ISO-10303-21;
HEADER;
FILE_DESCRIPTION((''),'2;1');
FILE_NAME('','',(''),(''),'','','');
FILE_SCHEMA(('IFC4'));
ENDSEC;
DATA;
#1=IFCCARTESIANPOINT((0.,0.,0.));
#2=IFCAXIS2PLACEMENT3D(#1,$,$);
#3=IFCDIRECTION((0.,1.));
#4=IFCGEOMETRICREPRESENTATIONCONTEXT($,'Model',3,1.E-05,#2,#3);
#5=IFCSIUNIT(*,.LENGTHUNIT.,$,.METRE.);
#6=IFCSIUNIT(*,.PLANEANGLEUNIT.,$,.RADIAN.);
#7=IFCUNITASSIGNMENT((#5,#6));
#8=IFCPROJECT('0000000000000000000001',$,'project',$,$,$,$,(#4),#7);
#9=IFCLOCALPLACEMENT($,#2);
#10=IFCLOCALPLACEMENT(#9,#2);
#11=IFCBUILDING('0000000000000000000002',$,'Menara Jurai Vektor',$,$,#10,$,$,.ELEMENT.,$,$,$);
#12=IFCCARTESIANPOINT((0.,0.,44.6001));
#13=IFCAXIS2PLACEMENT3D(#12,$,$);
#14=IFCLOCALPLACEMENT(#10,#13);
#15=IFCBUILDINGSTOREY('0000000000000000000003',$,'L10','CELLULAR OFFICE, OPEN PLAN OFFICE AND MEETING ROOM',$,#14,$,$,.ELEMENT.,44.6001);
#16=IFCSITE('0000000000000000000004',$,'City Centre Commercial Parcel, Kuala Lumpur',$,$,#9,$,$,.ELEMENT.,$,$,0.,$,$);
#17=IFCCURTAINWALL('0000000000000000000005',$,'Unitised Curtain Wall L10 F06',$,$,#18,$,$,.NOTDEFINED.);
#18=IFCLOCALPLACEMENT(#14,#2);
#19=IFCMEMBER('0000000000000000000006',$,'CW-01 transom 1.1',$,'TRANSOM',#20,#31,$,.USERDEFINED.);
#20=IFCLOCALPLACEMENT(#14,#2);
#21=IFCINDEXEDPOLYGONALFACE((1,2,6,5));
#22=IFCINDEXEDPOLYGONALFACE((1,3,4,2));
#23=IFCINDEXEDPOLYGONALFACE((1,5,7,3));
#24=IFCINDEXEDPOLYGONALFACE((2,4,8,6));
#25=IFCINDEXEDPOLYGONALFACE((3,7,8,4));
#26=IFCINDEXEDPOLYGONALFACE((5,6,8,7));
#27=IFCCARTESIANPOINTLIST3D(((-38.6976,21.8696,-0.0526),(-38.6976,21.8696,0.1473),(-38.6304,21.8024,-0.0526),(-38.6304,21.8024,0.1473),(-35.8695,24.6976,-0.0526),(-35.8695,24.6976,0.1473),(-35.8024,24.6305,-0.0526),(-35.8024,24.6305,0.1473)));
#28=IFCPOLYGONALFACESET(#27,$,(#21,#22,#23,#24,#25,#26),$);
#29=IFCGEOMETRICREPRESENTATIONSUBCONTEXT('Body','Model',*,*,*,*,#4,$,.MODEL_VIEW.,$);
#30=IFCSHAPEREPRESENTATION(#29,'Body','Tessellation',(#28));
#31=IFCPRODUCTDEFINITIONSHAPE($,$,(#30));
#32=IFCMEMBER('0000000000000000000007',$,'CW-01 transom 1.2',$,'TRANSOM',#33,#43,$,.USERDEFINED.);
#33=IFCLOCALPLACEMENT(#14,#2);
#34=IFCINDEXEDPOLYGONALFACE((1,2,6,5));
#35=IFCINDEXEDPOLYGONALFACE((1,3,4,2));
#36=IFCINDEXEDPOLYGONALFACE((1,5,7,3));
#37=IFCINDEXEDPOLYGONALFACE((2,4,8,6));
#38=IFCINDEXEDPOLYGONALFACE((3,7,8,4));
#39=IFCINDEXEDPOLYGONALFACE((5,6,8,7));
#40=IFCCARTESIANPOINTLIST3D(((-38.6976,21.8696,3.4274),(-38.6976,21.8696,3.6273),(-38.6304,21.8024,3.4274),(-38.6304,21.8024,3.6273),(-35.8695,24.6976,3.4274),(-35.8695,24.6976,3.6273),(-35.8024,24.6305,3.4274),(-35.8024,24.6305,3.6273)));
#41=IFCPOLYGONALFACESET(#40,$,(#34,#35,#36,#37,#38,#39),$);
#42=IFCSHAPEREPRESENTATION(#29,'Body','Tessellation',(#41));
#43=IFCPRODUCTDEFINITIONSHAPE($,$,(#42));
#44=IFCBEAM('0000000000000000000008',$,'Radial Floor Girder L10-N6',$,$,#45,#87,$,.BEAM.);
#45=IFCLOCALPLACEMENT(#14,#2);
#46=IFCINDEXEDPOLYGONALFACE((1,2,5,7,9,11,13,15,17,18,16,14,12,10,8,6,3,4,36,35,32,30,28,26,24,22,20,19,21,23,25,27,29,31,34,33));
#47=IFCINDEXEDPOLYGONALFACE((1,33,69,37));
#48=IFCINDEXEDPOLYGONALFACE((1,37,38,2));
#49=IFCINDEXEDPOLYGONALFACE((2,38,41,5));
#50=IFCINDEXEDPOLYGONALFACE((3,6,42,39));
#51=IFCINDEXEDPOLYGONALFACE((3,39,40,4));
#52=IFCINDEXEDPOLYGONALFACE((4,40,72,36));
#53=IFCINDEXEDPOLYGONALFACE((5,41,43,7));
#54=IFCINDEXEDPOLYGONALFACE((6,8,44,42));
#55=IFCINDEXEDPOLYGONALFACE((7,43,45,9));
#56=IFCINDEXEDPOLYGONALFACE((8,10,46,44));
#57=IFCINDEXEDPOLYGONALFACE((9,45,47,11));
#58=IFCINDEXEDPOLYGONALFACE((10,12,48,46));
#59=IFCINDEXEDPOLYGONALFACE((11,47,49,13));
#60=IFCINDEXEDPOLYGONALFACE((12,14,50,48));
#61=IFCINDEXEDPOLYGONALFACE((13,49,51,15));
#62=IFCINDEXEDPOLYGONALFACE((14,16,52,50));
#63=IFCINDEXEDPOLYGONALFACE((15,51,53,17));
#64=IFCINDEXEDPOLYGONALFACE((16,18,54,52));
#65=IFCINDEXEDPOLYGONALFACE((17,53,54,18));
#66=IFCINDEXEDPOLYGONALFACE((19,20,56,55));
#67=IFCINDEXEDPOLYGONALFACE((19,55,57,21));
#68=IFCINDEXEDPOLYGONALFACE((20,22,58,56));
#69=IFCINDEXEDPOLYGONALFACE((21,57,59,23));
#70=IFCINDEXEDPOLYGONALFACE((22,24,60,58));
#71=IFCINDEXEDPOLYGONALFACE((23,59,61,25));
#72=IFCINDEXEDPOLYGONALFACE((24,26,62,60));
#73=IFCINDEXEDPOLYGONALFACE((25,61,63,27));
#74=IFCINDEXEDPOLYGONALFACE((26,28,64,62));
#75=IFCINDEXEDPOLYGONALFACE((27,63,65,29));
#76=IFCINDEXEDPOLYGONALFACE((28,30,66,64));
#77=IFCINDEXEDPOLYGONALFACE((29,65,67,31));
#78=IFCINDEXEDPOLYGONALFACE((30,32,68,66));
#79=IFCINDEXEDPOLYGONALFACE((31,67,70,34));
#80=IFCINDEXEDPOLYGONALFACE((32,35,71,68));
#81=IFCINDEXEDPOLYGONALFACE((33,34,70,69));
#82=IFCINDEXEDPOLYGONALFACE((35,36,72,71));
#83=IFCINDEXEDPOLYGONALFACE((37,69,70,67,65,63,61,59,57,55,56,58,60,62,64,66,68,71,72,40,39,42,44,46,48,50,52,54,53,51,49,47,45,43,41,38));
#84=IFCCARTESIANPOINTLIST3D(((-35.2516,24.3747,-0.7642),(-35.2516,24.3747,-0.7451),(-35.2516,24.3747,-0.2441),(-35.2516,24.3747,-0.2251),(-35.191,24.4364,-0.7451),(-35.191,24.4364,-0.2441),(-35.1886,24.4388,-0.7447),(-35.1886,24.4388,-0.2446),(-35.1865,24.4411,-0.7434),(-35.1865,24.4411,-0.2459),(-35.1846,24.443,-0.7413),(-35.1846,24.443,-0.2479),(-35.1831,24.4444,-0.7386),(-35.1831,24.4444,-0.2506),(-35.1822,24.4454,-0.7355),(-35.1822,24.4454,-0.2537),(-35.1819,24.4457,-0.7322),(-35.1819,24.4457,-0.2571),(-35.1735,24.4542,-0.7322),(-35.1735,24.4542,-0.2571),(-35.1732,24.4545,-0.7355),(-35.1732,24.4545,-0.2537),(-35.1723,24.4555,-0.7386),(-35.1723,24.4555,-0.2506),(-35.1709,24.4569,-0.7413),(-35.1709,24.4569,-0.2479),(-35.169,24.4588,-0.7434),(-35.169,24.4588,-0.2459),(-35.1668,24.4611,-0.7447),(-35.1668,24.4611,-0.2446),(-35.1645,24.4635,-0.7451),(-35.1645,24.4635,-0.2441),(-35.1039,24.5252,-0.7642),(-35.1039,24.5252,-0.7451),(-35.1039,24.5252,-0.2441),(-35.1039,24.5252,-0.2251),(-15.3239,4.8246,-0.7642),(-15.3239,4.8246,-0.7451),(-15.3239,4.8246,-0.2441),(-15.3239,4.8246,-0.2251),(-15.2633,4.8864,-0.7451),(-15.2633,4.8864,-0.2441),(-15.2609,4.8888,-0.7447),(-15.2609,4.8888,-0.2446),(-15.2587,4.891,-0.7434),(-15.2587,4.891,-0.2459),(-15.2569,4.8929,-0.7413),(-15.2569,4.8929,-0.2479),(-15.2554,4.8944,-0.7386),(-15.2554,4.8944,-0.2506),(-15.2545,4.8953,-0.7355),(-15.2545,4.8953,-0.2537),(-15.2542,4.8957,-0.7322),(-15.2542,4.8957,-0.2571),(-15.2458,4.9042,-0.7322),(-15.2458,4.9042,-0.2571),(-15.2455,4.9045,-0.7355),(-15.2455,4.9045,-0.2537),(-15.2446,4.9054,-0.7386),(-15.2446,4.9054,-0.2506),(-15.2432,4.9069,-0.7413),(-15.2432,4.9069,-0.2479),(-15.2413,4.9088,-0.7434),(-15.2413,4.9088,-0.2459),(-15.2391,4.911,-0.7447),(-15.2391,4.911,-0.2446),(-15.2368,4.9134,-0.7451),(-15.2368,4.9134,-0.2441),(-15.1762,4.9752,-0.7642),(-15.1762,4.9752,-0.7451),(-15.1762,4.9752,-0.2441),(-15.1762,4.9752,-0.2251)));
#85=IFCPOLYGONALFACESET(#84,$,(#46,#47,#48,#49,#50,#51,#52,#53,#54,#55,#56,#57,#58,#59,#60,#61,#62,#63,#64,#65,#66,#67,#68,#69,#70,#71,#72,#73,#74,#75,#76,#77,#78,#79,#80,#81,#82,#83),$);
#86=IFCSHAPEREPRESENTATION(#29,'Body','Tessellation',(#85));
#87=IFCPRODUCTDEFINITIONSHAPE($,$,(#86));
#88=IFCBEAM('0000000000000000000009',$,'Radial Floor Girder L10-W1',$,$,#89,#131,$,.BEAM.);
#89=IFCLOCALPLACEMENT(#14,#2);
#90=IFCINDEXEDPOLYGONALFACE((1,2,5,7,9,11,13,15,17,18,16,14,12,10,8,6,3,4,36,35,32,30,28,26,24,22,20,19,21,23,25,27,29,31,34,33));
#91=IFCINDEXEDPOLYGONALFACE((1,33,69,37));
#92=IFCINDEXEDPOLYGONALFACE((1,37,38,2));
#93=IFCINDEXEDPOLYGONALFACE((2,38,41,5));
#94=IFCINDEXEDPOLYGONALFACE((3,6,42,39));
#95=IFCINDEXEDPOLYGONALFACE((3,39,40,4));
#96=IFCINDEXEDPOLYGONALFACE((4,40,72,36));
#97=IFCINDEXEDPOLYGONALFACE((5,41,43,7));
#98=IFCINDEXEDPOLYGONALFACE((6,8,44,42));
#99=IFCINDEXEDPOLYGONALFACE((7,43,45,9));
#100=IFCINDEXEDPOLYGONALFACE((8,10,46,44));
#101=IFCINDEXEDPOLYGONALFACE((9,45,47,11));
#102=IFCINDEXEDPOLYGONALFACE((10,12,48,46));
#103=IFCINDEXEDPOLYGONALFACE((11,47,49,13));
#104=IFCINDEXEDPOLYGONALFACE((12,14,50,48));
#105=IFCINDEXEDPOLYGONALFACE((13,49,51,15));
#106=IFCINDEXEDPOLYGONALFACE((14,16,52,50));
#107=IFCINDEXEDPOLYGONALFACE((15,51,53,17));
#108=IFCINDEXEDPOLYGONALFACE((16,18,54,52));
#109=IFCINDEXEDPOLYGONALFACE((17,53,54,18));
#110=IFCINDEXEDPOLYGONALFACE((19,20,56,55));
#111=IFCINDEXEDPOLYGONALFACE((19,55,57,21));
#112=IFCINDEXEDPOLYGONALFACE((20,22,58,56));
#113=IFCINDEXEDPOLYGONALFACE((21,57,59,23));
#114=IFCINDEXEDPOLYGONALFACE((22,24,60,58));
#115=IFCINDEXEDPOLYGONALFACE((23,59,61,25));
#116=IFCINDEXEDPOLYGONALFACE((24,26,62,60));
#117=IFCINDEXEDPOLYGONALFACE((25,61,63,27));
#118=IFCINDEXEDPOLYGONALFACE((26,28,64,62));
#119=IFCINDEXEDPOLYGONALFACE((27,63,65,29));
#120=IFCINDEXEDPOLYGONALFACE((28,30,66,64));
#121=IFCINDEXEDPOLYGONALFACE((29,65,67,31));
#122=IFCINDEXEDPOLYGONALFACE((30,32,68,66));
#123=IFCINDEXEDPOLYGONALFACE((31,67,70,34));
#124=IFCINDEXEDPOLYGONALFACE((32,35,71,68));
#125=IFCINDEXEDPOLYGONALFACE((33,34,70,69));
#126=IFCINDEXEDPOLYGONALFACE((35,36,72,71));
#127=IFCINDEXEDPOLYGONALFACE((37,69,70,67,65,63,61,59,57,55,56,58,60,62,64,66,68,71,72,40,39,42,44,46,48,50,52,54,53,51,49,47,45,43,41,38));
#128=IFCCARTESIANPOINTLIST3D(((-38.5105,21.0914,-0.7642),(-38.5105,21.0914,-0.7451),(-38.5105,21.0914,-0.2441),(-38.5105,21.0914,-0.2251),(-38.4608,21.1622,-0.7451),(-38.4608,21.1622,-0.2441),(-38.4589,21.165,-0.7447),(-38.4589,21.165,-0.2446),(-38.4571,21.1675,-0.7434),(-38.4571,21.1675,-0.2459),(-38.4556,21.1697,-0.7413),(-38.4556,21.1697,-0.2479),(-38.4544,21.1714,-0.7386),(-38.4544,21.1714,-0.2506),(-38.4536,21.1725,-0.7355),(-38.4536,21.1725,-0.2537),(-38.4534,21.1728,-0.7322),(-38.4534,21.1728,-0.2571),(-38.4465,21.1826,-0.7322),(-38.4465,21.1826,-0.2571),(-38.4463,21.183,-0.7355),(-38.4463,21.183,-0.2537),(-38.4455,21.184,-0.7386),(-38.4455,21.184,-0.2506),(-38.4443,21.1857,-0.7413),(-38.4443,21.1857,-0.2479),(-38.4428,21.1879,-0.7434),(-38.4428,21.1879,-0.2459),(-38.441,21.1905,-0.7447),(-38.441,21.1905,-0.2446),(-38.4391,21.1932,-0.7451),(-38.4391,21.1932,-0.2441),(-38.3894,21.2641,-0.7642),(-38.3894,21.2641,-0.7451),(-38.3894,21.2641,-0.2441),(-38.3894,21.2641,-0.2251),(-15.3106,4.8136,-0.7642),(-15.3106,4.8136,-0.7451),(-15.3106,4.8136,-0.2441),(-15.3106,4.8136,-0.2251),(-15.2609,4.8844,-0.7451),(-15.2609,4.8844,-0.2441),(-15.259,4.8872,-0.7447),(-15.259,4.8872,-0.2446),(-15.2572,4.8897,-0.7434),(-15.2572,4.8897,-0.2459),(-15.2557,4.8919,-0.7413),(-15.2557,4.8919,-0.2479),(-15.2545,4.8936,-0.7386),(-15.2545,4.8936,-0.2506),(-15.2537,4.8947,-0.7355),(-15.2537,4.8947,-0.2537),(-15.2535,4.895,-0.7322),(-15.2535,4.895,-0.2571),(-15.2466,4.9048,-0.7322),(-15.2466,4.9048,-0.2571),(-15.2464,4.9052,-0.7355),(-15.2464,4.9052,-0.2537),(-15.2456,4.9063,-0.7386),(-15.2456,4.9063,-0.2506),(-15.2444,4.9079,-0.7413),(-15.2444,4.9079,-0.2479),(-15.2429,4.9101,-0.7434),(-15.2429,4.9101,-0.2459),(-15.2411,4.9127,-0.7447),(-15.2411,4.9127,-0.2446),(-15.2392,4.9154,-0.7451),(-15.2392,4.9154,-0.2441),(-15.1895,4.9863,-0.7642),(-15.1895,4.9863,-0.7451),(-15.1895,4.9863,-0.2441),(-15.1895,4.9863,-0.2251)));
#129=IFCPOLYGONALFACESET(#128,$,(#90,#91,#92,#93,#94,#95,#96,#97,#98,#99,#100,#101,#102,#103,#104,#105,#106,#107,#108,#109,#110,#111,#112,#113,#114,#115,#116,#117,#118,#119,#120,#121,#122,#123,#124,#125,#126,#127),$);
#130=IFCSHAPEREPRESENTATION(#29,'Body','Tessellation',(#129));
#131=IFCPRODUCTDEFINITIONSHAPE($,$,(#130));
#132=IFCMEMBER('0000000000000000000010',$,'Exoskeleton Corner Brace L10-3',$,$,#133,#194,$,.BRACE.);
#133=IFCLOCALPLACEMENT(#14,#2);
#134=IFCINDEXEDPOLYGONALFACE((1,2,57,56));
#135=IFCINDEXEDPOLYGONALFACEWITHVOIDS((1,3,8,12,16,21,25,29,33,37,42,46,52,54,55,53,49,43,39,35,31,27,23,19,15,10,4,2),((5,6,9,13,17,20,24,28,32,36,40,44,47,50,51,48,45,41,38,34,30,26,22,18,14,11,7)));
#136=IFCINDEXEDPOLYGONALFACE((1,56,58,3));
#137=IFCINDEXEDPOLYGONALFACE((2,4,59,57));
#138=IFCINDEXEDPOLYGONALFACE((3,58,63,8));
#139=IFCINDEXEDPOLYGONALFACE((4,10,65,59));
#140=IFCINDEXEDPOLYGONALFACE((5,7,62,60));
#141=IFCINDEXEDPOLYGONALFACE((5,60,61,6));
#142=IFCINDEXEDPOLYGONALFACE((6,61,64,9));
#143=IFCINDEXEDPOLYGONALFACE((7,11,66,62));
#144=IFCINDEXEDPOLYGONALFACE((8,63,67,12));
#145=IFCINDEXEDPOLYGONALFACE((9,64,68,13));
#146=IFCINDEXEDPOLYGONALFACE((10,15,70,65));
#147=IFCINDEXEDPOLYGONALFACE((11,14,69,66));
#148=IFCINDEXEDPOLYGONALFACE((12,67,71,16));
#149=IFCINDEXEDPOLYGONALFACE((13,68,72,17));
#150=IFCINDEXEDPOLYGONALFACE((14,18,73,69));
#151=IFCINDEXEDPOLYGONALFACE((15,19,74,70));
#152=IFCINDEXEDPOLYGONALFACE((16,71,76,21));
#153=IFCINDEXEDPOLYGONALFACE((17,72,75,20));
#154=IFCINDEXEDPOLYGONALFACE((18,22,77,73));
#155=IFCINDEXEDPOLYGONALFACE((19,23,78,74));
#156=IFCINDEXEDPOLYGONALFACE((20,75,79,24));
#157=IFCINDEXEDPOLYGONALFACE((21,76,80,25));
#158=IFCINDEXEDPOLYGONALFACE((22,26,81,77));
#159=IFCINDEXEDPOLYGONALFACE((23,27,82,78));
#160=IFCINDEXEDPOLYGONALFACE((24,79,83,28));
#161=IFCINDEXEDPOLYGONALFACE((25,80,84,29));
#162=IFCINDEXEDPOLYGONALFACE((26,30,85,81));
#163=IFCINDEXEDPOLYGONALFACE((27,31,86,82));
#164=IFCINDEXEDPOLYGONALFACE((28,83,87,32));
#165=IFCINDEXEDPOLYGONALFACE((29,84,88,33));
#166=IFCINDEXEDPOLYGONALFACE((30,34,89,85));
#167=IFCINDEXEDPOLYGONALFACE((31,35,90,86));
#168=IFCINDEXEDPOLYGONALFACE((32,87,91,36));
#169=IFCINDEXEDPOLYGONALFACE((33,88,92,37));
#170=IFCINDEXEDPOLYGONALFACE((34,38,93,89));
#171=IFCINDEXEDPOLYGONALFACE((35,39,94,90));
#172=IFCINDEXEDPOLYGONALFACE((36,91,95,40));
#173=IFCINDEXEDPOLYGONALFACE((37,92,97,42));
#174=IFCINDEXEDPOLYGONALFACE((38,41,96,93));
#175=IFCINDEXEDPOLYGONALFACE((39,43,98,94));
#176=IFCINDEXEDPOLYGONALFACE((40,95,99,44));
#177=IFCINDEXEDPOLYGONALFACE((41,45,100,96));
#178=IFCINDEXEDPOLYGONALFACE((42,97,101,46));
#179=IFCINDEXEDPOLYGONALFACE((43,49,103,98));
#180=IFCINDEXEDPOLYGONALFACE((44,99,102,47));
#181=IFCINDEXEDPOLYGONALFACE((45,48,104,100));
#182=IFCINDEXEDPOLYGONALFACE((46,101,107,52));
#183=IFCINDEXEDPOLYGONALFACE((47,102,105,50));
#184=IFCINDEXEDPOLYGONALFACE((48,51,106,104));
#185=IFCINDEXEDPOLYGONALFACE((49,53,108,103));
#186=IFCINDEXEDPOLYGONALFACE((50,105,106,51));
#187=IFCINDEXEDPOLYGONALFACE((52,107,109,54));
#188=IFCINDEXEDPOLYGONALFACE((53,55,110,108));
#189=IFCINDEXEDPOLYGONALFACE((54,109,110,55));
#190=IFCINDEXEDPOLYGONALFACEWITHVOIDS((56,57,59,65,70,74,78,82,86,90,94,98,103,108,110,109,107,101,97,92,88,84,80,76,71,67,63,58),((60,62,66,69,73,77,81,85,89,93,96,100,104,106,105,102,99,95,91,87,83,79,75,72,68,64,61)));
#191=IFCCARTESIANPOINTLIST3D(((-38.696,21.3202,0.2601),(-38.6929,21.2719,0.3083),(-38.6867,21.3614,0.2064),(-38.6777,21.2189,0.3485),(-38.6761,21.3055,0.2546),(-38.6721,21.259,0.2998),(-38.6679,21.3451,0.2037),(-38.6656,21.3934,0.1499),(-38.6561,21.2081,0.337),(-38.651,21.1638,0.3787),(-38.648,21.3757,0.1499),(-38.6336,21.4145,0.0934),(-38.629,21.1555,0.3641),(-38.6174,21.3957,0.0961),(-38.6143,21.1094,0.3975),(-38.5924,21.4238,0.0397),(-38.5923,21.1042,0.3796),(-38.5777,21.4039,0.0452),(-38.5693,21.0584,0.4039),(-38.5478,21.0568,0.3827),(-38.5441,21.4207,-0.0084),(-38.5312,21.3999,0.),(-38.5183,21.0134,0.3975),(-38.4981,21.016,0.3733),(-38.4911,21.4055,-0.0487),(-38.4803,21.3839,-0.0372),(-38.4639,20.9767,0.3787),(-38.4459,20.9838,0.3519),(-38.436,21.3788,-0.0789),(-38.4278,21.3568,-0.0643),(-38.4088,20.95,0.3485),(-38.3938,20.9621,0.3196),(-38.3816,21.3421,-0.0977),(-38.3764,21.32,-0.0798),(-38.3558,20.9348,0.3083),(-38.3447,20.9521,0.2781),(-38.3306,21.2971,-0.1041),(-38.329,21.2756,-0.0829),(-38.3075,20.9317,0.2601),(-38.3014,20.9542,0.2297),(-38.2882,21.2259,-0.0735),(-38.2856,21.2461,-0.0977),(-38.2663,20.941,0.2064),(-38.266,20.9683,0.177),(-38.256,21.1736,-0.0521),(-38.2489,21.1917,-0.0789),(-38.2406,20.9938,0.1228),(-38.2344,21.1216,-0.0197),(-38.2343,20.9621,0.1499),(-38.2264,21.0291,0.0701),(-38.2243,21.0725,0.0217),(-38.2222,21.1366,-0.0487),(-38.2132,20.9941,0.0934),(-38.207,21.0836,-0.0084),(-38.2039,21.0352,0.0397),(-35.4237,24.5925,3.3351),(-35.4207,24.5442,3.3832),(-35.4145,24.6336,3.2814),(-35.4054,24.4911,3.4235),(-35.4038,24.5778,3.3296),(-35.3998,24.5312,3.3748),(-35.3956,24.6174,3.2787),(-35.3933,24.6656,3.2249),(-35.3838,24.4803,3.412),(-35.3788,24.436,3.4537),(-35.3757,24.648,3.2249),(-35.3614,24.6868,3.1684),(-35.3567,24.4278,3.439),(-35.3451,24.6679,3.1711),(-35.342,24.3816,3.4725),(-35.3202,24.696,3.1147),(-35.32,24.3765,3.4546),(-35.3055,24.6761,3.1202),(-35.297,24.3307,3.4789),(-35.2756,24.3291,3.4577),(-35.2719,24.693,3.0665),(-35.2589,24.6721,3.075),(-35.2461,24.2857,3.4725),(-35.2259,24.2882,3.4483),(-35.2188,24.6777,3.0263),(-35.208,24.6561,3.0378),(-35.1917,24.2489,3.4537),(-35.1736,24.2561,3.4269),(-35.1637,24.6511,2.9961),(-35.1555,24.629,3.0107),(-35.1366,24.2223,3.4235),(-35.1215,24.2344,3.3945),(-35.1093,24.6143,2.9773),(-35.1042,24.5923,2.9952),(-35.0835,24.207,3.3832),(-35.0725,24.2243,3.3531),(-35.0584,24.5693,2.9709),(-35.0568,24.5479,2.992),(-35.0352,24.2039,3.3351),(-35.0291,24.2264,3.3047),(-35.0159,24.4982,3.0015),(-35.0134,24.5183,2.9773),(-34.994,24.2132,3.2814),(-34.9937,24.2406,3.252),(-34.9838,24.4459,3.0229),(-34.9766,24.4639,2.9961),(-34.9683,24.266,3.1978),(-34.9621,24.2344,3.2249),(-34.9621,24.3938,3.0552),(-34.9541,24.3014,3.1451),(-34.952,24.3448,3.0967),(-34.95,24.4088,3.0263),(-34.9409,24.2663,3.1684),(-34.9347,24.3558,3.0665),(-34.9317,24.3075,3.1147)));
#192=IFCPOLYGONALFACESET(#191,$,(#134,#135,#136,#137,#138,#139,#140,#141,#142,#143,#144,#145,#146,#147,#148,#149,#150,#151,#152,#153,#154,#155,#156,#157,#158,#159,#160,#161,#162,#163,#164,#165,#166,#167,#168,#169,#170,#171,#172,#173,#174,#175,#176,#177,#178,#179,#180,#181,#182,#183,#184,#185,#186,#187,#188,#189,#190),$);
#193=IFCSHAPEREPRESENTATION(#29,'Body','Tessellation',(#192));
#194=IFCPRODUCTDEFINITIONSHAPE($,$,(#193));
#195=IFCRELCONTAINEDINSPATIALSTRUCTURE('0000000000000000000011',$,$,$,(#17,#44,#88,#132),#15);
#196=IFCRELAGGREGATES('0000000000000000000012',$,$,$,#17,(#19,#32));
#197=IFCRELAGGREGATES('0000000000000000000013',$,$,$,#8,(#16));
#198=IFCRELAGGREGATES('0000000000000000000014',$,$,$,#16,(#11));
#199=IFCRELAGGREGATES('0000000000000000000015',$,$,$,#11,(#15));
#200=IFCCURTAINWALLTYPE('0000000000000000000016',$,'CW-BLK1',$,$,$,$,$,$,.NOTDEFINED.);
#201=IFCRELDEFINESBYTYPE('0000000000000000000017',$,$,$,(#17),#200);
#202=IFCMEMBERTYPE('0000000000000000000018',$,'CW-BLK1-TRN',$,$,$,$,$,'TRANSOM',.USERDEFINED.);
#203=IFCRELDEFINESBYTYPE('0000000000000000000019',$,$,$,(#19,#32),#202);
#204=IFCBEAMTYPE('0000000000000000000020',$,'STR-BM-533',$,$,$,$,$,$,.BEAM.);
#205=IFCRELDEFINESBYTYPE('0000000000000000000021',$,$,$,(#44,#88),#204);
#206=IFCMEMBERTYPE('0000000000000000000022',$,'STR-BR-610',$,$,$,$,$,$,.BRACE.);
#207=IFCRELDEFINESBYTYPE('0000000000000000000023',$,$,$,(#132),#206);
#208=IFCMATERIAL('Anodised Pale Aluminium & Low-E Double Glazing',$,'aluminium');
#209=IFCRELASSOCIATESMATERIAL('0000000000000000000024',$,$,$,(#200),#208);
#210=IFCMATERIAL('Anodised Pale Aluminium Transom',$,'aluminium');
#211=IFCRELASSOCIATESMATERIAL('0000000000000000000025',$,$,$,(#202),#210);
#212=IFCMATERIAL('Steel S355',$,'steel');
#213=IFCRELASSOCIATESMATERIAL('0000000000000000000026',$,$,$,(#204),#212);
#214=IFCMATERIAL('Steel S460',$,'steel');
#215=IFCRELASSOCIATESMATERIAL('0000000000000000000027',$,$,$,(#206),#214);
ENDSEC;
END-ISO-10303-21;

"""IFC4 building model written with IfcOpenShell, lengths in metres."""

from ifc_helpers import new_model, si_unit, direction, frame, origin, origin_2d, place, context, subcontext, project, spatial, rectangle, hollow_circle, i_section, extrude, material, material_profile, profile_set, type_object, element, aggregate, save


model = new_model("IFC4")

# Units and contexts
model_context = context("Model", 3, precision=1e-05, world=origin(), true_north=direction((0.0, 1.0)))
body_context = subcontext(model_context, "Body", "Model", "MODEL_VIEW")
ifc_project = project(units=[si_unit("LENGTHUNIT", "METRE"), si_unit("PLANEANGLEUNIT", "RADIAN")], contexts=[model_context])

# Site, building, storey
site_placement = place(None, origin())
site = spatial("IfcSite", under=ifc_project, at=site_placement, Name="City Centre Commercial Parcel, Kuala Lumpur", CompositionType="ELEMENT", RefElevation=0.0)
building_placement = place(site_placement, origin())
building = spatial("IfcBuilding", under=site, at=building_placement, Name="Menara Jurai Vektor", CompositionType="ELEMENT")
storey_placement = place(building_placement, frame((0.0, 0.0, 44.6001)))
storey = spatial("IfcBuildingStorey", under=building, at=storey_placement, Name="L10", Description="CELLULAR OFFICE, OPEN PLAN OFFICE AND MEETING ROOM", CompositionType="ELEMENT", Elevation=44.6001)

# Shared definitions
ifc_material_1 = material(Name="Steel S460", Category="steel")

# Curtain wall
ifc_material_2 = material(Name="Anodised Pale Aluminium & Low-E Double Glazing", Category="aluminium")
curtain_wall_type = type_object("IfcCurtainWallType", Name="CW-BLK1", PredefinedType="NOTDEFINED", material=ifc_material_2)
curtain_wall_1_placement = place(storey_placement, origin())
curtain_wall_1 = element("IfcCurtainWall", 1, at=curtain_wall_1_placement, inside=storey, type_object=curtain_wall_type, Name="Unitised Curtain Wall L10 F06", PredefinedType="NOTDEFINED")

# Members
ifc_material_3 = material(Name="Anodised Pale Aluminium Transom", Category="aluminium")
ifc_material_profile_1 = material_profile(ifc_material_3, rectangle(XDim=0.095, YDim=0.2, at=origin_2d()), Name="ALU TRN 95x200")
ifc_profile_set_1 = profile_set([ifc_material_profile_1], Name="Anodised Pale Aluminium Transom")
member_type_1 = type_object("IfcMemberType", Name="CW-BLK1-TRN", ElementType="TRANSOM", PredefinedType="USERDEFINED", material=ifc_profile_set_1)
member_1_placement = place(storey_placement, frame((-35.8359, 24.6641, 0.0474), z_axis=(-0.707107, -0.707107, 0.0), x_axis=(0.707107, -0.707107, 0.0)))
member_1 = element("IfcMember", 2, at=member_1_placement, type_object=member_type_1, Name="CW-01 transom 1.1", ObjectType="TRANSOM", PredefinedType="USERDEFINED", context=body_context, shape_type="SweptSolid", body=[
    extrude(rectangle(XDim=0.095, YDim=0.2, at=origin_2d()), origin(), (0.0, 0.0, 1.0), 3.9995),
])
member_2_placement = place(storey_placement, frame((-35.8359, 24.6641, 3.5273), z_axis=(-0.707107, -0.707107, 0.0), x_axis=(0.707107, -0.707107, 0.0)))
member_2 = element("IfcMember", 3, at=member_2_placement, type_object=member_type_1, Name="CW-01 transom 1.2", ObjectType="TRANSOM", PredefinedType="USERDEFINED", context=body_context, shape_type="SweptSolid", body=[
    extrude(rectangle(XDim=0.095, YDim=0.2, at=origin_2d()), origin(), (0.0, 0.0, 1.0), 3.9995),
])

# Beams
ifc_material_4 = material(Name="Steel S355", Category="steel")
ifc_material_profile_2 = material_profile(ifc_material_4, i_section(OverallWidth=0.2109, OverallDepth=0.5391, WebThickness=0.012, FlangeThickness=0.019, FilletRadius=0.0129, at=origin_2d()), Name="UKB 533x210x109")
ifc_profile_set_2 = profile_set([ifc_material_profile_2], Name="Steel S355")
beam_type_1 = type_object("IfcBeamType", Name="STR-BM-533", PredefinedType="BEAM", material=ifc_profile_set_2)
beam_1_placement = place(storey_placement, frame((-35.1777, 24.45, -0.4946), z_axis=(0.713839, -0.70031, 0.0), x_axis=(0.70031, 0.713839, 0.0)))
element("IfcBeam", 4, at=beam_1_placement, inside=storey, type_object=beam_type_1, Name="Radial Floor Girder L10-N6", PredefinedType="BEAM", context=body_context, shape_type="SweptSolid", body=[
    extrude(i_section(OverallWidth=0.2109, OverallDepth=0.5391, WebThickness=0.012, FlangeThickness=0.019, FilletRadius=0.0129, at=origin_2d()), origin(), (0.0, 0.0, 1.0), 27.9163),
])
beam_2_placement = place(storey_placement, frame((-38.45, 21.1777, -0.4946), z_axis=(0.818604, -0.574359, 0.0), x_axis=(0.574359, 0.818604, 0.0)))
element("IfcBeam", 5, at=beam_2_placement, inside=storey, type_object=beam_type_1, Name="Radial Floor Girder L10-W1", PredefinedType="BEAM", context=body_context, shape_type="SweptSolid", body=[
    extrude(i_section(OverallWidth=0.2109, OverallDepth=0.5391, WebThickness=0.012, FlangeThickness=0.019, FilletRadius=0.0129, at=origin_2d()), origin(), (0.0, 0.0, 1.0), 28.3408),
])

# Member
ifc_material_profile_3 = material_profile(ifc_material_1, hollow_circle(Radius=0.3049, WallThickness=0.0249, at=origin_2d()), Name="CHS 610x25")
ifc_profile_set_3 = profile_set([ifc_material_profile_3], Name="Steel S460")
member_type_2 = type_object("IfcMemberType", Name="STR-BR-610", PredefinedType="BRACE", material=ifc_profile_set_3)
member_3_placement = place(storey_placement, frame((-38.45, 21.1777, 0.1499), z_axis=(0.588942, 0.588942, 0.553438), x_axis=(-0.707107, 0.707107, 0.0)))
element("IfcMember", 6, at=member_3_placement, inside=storey, type_object=member_type_2, Name="Exoskeleton Corner Brace L10-3", PredefinedType="BRACE", context=body_context, shape_type="SweptSolid", body=[
    extrude(hollow_circle(Radius=0.3049, WallThickness=0.0249, at=origin_2d()), origin(), (0.0, 0.0, 1.0), 5.5562),
])

aggregate(curtain_wall_1, [member_1, member_2])

save(model, "model.ifc")
